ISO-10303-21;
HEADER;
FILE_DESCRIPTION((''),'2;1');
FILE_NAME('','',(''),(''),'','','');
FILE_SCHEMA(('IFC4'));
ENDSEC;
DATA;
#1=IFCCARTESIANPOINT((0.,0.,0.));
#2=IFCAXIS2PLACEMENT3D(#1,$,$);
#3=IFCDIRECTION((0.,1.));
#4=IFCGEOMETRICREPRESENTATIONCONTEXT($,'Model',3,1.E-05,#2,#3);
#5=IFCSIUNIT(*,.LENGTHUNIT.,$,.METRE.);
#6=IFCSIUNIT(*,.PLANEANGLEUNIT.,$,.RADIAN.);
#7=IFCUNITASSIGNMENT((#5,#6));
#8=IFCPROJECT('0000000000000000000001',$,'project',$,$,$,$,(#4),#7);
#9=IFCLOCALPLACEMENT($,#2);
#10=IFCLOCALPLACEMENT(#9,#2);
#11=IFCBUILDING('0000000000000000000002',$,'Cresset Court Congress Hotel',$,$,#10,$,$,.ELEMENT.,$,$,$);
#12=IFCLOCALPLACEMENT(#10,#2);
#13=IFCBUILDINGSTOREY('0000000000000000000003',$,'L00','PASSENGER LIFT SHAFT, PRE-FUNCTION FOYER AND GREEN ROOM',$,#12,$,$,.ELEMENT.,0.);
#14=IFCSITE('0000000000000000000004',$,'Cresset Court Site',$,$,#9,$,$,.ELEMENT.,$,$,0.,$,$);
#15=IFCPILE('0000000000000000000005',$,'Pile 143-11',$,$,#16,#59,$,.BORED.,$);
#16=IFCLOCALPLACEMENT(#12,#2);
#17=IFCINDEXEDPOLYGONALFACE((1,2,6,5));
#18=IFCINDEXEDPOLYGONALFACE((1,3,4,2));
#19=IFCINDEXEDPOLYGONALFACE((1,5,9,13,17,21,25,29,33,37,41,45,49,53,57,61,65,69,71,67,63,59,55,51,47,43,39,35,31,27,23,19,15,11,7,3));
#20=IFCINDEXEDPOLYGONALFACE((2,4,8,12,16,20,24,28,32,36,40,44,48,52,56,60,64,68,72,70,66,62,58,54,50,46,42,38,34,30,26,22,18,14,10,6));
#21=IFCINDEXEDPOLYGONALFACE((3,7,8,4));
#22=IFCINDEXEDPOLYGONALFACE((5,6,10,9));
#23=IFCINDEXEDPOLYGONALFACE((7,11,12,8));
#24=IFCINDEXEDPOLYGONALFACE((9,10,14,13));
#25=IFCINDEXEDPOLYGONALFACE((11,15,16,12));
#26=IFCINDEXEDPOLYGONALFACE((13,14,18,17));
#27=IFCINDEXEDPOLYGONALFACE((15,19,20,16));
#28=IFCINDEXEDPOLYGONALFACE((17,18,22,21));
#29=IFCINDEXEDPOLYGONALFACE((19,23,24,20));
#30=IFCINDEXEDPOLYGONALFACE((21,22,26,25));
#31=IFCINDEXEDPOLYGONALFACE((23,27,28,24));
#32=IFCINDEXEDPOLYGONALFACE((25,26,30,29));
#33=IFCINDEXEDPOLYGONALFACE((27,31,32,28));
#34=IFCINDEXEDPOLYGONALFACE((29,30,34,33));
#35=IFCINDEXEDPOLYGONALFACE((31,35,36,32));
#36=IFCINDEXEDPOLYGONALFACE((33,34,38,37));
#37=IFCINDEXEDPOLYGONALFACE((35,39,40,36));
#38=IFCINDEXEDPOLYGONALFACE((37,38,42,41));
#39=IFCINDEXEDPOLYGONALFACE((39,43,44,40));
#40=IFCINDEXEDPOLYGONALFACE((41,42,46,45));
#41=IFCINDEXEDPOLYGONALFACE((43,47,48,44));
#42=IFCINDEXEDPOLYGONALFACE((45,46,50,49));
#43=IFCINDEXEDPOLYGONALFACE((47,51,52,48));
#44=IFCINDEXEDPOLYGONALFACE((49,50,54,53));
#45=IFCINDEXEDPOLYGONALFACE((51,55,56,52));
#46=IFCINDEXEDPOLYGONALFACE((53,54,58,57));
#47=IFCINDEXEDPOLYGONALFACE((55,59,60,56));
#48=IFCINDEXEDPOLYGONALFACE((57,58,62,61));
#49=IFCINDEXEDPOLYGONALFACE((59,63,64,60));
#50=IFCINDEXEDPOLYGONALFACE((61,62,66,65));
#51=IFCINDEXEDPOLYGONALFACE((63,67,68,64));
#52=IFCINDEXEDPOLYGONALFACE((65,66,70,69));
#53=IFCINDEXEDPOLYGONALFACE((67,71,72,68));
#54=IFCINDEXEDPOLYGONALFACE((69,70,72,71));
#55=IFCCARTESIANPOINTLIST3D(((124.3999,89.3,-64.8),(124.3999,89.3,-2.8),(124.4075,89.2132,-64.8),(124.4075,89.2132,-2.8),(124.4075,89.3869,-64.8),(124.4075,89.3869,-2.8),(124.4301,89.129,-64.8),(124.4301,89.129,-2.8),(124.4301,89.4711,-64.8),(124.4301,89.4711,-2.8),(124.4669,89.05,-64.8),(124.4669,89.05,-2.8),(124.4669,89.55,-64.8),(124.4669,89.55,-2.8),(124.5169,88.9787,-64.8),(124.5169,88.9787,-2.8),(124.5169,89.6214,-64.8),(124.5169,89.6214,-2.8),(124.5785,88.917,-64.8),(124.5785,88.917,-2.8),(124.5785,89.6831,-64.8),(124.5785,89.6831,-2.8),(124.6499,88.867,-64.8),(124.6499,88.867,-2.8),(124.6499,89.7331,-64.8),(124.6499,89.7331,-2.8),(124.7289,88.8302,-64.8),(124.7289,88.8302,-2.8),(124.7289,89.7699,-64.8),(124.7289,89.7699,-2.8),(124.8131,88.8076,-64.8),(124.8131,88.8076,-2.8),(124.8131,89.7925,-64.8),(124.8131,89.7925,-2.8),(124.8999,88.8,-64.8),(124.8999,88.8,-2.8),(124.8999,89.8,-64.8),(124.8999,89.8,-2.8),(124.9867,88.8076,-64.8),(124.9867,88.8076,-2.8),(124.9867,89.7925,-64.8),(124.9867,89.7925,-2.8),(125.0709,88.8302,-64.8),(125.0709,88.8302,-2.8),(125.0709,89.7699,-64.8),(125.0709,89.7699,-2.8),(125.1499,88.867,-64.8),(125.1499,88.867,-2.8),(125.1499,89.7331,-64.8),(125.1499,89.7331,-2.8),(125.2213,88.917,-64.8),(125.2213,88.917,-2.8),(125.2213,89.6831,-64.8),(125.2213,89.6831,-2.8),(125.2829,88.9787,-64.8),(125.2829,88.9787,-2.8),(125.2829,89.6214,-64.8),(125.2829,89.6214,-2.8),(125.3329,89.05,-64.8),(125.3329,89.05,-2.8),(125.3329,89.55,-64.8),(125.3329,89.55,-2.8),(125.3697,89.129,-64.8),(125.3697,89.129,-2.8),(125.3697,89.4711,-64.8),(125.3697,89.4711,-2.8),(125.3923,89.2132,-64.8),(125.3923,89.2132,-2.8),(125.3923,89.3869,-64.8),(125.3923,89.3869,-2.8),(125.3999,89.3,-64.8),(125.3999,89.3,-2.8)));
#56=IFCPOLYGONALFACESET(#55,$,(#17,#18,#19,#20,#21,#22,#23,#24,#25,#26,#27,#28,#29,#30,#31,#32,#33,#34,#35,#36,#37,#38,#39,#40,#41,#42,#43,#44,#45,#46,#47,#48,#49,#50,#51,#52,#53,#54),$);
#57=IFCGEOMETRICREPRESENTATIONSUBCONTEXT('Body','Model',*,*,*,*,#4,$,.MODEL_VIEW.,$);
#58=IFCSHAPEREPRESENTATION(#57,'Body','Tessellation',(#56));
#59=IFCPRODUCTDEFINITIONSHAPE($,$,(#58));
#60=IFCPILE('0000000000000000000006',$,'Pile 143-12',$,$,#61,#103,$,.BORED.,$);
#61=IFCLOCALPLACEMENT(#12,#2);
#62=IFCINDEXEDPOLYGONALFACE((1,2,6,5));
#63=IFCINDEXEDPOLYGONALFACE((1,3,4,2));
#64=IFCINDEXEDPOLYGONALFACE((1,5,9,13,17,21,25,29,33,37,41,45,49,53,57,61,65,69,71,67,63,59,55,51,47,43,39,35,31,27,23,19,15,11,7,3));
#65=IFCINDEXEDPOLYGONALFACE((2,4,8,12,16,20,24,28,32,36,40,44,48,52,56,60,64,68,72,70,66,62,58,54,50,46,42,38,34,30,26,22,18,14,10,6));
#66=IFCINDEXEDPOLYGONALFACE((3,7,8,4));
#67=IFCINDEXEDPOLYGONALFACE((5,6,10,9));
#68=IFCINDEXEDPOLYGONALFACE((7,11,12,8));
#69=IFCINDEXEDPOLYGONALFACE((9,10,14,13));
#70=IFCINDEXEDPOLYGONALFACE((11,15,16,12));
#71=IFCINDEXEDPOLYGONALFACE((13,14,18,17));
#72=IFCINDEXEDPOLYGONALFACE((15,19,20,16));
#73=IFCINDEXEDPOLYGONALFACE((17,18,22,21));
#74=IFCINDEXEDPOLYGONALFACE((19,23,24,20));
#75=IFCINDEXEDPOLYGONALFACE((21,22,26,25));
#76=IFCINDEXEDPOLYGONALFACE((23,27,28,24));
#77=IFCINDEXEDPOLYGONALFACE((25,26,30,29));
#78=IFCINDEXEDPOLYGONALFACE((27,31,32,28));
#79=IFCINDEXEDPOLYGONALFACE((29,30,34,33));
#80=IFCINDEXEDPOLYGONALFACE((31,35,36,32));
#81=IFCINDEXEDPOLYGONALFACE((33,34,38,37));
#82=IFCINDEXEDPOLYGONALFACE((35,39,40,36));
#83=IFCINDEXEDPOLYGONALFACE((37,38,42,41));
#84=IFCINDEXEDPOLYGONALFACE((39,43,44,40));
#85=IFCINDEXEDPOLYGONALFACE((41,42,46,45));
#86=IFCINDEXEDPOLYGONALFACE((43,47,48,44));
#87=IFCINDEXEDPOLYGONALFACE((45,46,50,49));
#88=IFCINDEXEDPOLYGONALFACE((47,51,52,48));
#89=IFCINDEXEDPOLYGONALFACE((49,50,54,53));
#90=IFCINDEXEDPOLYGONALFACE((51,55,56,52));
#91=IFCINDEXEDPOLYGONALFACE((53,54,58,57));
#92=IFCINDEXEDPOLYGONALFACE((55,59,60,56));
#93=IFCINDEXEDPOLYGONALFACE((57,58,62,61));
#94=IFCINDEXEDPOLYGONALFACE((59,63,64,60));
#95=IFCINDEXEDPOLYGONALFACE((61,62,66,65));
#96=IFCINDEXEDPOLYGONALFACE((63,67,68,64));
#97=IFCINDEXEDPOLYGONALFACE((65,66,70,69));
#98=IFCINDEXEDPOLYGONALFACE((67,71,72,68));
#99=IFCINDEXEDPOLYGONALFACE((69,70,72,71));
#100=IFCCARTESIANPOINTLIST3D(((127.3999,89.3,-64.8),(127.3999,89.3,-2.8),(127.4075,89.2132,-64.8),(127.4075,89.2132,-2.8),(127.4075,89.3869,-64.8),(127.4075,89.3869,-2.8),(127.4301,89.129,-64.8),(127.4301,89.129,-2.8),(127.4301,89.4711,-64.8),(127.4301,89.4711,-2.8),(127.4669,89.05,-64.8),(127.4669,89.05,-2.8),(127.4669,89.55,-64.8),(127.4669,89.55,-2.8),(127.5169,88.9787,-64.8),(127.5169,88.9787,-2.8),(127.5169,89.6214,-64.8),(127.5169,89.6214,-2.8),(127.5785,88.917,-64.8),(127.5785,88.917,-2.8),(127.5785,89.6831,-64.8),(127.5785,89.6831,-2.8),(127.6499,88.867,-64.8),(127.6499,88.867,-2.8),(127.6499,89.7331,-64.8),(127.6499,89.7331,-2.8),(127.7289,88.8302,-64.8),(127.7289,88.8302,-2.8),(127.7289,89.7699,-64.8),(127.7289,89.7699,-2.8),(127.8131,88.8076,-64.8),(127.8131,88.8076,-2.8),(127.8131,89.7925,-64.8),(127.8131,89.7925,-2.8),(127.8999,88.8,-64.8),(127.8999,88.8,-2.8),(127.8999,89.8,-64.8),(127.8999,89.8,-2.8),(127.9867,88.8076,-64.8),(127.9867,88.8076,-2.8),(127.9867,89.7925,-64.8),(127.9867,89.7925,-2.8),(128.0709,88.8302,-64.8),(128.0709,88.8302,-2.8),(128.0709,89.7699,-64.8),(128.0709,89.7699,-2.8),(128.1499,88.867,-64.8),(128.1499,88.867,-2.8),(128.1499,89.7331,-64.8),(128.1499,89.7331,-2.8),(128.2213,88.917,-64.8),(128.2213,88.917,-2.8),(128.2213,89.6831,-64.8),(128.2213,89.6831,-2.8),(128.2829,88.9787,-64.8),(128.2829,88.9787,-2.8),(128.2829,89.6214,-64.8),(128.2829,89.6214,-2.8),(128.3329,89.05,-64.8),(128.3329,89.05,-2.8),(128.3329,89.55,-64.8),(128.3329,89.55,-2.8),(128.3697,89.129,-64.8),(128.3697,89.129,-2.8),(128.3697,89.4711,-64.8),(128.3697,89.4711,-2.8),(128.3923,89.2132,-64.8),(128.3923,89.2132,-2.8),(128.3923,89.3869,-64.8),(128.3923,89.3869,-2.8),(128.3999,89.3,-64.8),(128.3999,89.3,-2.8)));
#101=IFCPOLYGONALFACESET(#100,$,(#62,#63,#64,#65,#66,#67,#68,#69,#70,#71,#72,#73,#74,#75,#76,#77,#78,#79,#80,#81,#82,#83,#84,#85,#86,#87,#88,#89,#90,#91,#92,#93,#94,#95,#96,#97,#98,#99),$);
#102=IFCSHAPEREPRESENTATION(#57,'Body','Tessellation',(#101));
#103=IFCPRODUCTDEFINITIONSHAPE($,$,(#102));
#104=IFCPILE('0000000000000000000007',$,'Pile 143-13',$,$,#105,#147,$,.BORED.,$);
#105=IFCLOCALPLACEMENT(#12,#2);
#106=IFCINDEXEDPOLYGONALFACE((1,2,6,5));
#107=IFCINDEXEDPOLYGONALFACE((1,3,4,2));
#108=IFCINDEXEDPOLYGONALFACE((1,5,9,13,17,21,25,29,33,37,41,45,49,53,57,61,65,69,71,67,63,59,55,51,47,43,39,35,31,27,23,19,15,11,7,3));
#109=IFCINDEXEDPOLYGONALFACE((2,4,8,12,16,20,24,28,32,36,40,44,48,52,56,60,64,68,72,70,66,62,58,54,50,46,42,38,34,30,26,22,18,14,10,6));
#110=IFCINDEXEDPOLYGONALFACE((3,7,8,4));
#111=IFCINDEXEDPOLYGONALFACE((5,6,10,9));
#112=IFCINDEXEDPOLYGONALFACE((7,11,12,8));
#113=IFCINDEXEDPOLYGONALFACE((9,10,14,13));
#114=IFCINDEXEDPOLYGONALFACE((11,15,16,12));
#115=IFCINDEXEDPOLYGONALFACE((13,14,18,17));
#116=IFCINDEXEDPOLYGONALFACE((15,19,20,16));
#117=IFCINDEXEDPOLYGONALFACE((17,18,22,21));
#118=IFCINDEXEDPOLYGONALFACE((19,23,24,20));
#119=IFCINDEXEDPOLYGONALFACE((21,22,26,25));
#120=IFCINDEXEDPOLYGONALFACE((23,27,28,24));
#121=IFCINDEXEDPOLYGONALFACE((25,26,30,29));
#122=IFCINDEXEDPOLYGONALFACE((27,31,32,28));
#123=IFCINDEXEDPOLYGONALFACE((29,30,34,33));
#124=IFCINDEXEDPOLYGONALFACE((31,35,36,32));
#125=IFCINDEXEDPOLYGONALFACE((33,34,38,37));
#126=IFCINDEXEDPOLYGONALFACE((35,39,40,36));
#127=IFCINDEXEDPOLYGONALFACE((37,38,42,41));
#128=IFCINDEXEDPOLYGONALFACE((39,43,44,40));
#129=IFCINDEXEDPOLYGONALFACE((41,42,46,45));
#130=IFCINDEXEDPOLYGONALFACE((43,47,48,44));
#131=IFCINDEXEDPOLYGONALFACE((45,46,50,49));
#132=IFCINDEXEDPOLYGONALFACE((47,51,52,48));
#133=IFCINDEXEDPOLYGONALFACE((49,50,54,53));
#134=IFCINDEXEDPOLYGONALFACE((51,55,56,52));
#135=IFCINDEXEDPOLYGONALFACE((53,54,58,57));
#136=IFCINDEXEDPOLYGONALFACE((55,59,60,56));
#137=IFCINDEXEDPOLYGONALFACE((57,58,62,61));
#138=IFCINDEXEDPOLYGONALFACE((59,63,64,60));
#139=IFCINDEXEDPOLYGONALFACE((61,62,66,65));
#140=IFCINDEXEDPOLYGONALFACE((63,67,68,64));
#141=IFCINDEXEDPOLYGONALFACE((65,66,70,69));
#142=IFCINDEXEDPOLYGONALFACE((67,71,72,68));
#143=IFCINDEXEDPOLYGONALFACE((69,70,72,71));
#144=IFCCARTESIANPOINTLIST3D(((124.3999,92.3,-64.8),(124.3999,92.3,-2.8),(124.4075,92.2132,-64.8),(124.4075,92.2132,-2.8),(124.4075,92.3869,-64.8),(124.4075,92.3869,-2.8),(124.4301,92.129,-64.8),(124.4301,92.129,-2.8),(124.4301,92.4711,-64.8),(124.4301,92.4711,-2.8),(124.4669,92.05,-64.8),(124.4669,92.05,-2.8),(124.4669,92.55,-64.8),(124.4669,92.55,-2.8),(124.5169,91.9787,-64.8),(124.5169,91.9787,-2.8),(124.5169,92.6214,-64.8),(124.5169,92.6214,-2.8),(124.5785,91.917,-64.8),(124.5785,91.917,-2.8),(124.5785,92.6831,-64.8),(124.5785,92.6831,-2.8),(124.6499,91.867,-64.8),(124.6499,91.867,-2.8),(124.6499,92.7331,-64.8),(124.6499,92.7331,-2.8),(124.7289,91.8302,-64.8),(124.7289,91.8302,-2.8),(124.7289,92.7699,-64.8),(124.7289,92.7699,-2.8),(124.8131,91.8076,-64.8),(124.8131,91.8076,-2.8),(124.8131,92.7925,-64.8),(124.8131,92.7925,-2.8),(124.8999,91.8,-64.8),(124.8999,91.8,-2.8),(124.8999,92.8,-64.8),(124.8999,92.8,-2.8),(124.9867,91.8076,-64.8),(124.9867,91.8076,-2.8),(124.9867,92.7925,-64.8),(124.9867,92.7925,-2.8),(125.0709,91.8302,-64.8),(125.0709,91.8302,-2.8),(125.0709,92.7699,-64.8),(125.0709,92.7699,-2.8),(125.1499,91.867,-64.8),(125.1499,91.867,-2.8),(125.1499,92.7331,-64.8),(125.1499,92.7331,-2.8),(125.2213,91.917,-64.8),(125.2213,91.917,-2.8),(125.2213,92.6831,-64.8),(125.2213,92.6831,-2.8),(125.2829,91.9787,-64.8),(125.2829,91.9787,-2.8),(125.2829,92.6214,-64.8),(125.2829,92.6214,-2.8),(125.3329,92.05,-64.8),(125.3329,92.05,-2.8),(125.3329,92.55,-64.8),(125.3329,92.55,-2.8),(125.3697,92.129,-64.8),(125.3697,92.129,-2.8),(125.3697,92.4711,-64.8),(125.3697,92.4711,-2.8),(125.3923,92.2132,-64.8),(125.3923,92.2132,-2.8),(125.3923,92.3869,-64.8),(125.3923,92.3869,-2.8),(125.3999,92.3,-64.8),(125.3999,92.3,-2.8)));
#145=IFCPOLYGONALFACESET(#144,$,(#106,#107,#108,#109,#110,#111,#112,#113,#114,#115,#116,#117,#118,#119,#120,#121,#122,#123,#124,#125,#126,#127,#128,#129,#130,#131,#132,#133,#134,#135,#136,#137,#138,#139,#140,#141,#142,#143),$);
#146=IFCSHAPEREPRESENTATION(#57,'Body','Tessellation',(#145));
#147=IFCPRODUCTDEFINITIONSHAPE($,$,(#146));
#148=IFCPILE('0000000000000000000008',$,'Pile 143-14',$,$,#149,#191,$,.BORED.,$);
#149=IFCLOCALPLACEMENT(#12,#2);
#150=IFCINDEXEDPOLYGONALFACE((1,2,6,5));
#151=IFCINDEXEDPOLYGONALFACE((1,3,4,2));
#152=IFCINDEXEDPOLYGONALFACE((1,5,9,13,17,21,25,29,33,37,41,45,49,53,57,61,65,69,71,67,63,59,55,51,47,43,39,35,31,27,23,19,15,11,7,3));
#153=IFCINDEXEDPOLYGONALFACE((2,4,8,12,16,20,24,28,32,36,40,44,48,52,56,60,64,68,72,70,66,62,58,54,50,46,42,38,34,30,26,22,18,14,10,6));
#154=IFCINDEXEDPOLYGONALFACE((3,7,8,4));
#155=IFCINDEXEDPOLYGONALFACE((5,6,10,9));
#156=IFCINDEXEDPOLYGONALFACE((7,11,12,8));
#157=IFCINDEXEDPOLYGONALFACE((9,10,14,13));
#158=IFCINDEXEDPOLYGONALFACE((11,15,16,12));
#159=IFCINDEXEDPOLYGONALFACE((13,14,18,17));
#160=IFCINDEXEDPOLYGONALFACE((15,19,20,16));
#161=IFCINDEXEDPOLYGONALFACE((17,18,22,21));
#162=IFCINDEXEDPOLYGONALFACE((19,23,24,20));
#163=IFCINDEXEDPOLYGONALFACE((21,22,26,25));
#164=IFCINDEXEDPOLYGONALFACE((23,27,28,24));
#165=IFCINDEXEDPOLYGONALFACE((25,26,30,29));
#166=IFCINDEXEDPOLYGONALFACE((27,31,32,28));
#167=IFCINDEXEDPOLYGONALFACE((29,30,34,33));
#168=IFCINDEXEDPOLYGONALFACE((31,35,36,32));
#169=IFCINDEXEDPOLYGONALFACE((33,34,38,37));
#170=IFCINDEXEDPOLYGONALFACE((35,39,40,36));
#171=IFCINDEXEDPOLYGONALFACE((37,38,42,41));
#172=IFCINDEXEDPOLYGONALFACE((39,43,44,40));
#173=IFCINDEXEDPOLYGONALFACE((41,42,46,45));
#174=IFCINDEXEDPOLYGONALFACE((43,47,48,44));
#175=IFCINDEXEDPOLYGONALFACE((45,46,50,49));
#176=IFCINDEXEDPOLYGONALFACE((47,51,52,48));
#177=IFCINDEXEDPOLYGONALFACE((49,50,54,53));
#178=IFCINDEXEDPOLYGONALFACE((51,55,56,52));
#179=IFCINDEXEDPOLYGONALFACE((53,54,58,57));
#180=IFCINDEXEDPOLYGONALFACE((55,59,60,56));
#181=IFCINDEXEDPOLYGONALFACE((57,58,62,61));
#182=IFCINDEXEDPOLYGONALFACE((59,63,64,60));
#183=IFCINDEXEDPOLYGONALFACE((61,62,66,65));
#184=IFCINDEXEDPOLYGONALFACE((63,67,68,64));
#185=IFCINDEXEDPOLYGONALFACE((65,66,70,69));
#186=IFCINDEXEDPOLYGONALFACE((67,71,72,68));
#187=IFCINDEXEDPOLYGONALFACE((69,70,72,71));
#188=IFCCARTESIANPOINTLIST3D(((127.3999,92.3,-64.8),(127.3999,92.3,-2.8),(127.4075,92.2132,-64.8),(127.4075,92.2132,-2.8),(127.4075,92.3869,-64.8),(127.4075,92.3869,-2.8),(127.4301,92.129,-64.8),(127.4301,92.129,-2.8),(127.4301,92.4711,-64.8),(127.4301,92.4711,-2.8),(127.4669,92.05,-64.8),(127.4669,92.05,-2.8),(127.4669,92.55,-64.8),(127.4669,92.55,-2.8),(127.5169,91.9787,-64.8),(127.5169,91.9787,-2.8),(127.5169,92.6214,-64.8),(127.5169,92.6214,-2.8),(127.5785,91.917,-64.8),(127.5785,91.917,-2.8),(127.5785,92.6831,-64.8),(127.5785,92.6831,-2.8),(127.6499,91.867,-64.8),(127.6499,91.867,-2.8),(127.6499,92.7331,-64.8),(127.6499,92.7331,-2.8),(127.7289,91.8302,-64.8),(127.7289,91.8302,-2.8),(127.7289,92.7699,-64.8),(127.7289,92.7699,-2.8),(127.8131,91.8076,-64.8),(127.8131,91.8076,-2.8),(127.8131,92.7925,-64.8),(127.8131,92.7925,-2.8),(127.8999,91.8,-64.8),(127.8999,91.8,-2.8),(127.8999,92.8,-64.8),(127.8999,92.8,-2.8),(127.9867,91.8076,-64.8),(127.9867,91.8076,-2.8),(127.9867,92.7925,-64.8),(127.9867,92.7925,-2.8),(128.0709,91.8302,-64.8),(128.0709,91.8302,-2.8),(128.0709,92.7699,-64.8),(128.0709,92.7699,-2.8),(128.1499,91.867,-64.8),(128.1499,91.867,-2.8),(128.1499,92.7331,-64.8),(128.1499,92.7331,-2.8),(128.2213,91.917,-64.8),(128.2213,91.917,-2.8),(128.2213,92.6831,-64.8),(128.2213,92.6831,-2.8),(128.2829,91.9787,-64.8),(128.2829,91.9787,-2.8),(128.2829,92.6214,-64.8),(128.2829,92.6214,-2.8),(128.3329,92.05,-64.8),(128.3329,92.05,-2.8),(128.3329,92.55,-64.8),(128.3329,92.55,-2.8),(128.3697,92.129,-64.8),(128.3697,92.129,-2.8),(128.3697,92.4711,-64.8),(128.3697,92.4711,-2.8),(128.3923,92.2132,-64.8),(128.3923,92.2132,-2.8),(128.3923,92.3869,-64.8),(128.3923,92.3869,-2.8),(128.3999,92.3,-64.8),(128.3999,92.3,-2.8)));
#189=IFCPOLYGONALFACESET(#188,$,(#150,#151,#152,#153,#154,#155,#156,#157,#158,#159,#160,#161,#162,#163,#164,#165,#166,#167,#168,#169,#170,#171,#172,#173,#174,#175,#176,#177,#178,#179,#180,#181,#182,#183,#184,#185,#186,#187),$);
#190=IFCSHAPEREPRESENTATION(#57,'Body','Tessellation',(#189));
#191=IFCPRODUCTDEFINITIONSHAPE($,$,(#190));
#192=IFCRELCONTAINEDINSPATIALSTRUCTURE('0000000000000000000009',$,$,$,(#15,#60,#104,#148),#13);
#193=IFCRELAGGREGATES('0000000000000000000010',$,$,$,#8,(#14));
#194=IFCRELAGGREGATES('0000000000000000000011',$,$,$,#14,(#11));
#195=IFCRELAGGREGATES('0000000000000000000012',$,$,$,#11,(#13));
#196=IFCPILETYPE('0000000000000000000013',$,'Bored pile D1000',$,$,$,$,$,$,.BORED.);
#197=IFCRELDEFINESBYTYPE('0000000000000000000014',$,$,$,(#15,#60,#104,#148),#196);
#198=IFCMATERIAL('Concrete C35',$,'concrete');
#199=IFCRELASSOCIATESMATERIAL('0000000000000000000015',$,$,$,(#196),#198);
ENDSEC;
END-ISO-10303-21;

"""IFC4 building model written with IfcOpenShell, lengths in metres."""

from ifc_helpers import new_model, si_unit, direction, frame, origin, origin_2d, place, context, subcontext, project, spatial, circle, extrude, material, type_object, element, save


model = new_model("IFC4")

# Units and contexts
model_context = context("Model", 3, precision=1e-05, world=origin(), true_north=direction((0.0, 1.0)))
body_context = subcontext(model_context, "Body", "Model", "MODEL_VIEW")
ifc_project = project(units=[si_unit("LENGTHUNIT", "METRE"), si_unit("PLANEANGLEUNIT", "RADIAN")], contexts=[model_context])

# Site, building, storey
site_placement = place(None, origin())
site = spatial("IfcSite", under=ifc_project, at=site_placement, Name="Cresset Court Site", CompositionType="ELEMENT", RefElevation=0.0)
building_placement = place(site_placement, origin())
building = spatial("IfcBuilding", under=site, at=building_placement, Name="Cresset Court Congress Hotel", CompositionType="ELEMENT")
storey_placement = place(building_placement, origin())
storey = spatial("IfcBuildingStorey", under=building, at=storey_placement, Name="L00", Description="PASSENGER LIFT SHAFT, PRE-FUNCTION FOYER AND GREEN ROOM", CompositionType="ELEMENT", Elevation=0.0)

# Piles
ifc_material_1 = material(Name="Concrete C35", Category="concrete")
pile_type_1 = type_object("IfcPileType", Name="Bored pile D1000", PredefinedType="BORED", material=ifc_material_1)
for number, where, z_axis, x_axis, name in (
    (1, (124.8999, 89.3, -2.8), (0.0, 0.0, -1.0), (1.0, 0.0, 0.0), "Pile 143-11"),
    (2, (127.8999, 89.3, -2.8), (0.0, 0.0, -1.0), (1.0, 0.0, 0.0), "Pile 143-12"),
    (3, (124.8999, 92.3, -2.8), (0.0, 0.0, -1.0), (1.0, 0.0, 0.0), "Pile 143-13"),
    (4, (127.8999, 92.3, -2.8), (0.0, 0.0, -1.0), (1.0, 0.0, 0.0), "Pile 143-14"),
):
    element("IfcPile", number, at=place(storey_placement, frame(where, z_axis=z_axis, x_axis=x_axis)), inside=storey, type_object=pile_type_1, Name=name, PredefinedType="BORED", context=body_context, shape_type="SweptSolid", body=[
        extrude(circle(Radius=0.5, at=origin_2d()), origin(), (0.0, 0.0, 1.0), 62.0),
    ])

save(model, "model.ifc")
